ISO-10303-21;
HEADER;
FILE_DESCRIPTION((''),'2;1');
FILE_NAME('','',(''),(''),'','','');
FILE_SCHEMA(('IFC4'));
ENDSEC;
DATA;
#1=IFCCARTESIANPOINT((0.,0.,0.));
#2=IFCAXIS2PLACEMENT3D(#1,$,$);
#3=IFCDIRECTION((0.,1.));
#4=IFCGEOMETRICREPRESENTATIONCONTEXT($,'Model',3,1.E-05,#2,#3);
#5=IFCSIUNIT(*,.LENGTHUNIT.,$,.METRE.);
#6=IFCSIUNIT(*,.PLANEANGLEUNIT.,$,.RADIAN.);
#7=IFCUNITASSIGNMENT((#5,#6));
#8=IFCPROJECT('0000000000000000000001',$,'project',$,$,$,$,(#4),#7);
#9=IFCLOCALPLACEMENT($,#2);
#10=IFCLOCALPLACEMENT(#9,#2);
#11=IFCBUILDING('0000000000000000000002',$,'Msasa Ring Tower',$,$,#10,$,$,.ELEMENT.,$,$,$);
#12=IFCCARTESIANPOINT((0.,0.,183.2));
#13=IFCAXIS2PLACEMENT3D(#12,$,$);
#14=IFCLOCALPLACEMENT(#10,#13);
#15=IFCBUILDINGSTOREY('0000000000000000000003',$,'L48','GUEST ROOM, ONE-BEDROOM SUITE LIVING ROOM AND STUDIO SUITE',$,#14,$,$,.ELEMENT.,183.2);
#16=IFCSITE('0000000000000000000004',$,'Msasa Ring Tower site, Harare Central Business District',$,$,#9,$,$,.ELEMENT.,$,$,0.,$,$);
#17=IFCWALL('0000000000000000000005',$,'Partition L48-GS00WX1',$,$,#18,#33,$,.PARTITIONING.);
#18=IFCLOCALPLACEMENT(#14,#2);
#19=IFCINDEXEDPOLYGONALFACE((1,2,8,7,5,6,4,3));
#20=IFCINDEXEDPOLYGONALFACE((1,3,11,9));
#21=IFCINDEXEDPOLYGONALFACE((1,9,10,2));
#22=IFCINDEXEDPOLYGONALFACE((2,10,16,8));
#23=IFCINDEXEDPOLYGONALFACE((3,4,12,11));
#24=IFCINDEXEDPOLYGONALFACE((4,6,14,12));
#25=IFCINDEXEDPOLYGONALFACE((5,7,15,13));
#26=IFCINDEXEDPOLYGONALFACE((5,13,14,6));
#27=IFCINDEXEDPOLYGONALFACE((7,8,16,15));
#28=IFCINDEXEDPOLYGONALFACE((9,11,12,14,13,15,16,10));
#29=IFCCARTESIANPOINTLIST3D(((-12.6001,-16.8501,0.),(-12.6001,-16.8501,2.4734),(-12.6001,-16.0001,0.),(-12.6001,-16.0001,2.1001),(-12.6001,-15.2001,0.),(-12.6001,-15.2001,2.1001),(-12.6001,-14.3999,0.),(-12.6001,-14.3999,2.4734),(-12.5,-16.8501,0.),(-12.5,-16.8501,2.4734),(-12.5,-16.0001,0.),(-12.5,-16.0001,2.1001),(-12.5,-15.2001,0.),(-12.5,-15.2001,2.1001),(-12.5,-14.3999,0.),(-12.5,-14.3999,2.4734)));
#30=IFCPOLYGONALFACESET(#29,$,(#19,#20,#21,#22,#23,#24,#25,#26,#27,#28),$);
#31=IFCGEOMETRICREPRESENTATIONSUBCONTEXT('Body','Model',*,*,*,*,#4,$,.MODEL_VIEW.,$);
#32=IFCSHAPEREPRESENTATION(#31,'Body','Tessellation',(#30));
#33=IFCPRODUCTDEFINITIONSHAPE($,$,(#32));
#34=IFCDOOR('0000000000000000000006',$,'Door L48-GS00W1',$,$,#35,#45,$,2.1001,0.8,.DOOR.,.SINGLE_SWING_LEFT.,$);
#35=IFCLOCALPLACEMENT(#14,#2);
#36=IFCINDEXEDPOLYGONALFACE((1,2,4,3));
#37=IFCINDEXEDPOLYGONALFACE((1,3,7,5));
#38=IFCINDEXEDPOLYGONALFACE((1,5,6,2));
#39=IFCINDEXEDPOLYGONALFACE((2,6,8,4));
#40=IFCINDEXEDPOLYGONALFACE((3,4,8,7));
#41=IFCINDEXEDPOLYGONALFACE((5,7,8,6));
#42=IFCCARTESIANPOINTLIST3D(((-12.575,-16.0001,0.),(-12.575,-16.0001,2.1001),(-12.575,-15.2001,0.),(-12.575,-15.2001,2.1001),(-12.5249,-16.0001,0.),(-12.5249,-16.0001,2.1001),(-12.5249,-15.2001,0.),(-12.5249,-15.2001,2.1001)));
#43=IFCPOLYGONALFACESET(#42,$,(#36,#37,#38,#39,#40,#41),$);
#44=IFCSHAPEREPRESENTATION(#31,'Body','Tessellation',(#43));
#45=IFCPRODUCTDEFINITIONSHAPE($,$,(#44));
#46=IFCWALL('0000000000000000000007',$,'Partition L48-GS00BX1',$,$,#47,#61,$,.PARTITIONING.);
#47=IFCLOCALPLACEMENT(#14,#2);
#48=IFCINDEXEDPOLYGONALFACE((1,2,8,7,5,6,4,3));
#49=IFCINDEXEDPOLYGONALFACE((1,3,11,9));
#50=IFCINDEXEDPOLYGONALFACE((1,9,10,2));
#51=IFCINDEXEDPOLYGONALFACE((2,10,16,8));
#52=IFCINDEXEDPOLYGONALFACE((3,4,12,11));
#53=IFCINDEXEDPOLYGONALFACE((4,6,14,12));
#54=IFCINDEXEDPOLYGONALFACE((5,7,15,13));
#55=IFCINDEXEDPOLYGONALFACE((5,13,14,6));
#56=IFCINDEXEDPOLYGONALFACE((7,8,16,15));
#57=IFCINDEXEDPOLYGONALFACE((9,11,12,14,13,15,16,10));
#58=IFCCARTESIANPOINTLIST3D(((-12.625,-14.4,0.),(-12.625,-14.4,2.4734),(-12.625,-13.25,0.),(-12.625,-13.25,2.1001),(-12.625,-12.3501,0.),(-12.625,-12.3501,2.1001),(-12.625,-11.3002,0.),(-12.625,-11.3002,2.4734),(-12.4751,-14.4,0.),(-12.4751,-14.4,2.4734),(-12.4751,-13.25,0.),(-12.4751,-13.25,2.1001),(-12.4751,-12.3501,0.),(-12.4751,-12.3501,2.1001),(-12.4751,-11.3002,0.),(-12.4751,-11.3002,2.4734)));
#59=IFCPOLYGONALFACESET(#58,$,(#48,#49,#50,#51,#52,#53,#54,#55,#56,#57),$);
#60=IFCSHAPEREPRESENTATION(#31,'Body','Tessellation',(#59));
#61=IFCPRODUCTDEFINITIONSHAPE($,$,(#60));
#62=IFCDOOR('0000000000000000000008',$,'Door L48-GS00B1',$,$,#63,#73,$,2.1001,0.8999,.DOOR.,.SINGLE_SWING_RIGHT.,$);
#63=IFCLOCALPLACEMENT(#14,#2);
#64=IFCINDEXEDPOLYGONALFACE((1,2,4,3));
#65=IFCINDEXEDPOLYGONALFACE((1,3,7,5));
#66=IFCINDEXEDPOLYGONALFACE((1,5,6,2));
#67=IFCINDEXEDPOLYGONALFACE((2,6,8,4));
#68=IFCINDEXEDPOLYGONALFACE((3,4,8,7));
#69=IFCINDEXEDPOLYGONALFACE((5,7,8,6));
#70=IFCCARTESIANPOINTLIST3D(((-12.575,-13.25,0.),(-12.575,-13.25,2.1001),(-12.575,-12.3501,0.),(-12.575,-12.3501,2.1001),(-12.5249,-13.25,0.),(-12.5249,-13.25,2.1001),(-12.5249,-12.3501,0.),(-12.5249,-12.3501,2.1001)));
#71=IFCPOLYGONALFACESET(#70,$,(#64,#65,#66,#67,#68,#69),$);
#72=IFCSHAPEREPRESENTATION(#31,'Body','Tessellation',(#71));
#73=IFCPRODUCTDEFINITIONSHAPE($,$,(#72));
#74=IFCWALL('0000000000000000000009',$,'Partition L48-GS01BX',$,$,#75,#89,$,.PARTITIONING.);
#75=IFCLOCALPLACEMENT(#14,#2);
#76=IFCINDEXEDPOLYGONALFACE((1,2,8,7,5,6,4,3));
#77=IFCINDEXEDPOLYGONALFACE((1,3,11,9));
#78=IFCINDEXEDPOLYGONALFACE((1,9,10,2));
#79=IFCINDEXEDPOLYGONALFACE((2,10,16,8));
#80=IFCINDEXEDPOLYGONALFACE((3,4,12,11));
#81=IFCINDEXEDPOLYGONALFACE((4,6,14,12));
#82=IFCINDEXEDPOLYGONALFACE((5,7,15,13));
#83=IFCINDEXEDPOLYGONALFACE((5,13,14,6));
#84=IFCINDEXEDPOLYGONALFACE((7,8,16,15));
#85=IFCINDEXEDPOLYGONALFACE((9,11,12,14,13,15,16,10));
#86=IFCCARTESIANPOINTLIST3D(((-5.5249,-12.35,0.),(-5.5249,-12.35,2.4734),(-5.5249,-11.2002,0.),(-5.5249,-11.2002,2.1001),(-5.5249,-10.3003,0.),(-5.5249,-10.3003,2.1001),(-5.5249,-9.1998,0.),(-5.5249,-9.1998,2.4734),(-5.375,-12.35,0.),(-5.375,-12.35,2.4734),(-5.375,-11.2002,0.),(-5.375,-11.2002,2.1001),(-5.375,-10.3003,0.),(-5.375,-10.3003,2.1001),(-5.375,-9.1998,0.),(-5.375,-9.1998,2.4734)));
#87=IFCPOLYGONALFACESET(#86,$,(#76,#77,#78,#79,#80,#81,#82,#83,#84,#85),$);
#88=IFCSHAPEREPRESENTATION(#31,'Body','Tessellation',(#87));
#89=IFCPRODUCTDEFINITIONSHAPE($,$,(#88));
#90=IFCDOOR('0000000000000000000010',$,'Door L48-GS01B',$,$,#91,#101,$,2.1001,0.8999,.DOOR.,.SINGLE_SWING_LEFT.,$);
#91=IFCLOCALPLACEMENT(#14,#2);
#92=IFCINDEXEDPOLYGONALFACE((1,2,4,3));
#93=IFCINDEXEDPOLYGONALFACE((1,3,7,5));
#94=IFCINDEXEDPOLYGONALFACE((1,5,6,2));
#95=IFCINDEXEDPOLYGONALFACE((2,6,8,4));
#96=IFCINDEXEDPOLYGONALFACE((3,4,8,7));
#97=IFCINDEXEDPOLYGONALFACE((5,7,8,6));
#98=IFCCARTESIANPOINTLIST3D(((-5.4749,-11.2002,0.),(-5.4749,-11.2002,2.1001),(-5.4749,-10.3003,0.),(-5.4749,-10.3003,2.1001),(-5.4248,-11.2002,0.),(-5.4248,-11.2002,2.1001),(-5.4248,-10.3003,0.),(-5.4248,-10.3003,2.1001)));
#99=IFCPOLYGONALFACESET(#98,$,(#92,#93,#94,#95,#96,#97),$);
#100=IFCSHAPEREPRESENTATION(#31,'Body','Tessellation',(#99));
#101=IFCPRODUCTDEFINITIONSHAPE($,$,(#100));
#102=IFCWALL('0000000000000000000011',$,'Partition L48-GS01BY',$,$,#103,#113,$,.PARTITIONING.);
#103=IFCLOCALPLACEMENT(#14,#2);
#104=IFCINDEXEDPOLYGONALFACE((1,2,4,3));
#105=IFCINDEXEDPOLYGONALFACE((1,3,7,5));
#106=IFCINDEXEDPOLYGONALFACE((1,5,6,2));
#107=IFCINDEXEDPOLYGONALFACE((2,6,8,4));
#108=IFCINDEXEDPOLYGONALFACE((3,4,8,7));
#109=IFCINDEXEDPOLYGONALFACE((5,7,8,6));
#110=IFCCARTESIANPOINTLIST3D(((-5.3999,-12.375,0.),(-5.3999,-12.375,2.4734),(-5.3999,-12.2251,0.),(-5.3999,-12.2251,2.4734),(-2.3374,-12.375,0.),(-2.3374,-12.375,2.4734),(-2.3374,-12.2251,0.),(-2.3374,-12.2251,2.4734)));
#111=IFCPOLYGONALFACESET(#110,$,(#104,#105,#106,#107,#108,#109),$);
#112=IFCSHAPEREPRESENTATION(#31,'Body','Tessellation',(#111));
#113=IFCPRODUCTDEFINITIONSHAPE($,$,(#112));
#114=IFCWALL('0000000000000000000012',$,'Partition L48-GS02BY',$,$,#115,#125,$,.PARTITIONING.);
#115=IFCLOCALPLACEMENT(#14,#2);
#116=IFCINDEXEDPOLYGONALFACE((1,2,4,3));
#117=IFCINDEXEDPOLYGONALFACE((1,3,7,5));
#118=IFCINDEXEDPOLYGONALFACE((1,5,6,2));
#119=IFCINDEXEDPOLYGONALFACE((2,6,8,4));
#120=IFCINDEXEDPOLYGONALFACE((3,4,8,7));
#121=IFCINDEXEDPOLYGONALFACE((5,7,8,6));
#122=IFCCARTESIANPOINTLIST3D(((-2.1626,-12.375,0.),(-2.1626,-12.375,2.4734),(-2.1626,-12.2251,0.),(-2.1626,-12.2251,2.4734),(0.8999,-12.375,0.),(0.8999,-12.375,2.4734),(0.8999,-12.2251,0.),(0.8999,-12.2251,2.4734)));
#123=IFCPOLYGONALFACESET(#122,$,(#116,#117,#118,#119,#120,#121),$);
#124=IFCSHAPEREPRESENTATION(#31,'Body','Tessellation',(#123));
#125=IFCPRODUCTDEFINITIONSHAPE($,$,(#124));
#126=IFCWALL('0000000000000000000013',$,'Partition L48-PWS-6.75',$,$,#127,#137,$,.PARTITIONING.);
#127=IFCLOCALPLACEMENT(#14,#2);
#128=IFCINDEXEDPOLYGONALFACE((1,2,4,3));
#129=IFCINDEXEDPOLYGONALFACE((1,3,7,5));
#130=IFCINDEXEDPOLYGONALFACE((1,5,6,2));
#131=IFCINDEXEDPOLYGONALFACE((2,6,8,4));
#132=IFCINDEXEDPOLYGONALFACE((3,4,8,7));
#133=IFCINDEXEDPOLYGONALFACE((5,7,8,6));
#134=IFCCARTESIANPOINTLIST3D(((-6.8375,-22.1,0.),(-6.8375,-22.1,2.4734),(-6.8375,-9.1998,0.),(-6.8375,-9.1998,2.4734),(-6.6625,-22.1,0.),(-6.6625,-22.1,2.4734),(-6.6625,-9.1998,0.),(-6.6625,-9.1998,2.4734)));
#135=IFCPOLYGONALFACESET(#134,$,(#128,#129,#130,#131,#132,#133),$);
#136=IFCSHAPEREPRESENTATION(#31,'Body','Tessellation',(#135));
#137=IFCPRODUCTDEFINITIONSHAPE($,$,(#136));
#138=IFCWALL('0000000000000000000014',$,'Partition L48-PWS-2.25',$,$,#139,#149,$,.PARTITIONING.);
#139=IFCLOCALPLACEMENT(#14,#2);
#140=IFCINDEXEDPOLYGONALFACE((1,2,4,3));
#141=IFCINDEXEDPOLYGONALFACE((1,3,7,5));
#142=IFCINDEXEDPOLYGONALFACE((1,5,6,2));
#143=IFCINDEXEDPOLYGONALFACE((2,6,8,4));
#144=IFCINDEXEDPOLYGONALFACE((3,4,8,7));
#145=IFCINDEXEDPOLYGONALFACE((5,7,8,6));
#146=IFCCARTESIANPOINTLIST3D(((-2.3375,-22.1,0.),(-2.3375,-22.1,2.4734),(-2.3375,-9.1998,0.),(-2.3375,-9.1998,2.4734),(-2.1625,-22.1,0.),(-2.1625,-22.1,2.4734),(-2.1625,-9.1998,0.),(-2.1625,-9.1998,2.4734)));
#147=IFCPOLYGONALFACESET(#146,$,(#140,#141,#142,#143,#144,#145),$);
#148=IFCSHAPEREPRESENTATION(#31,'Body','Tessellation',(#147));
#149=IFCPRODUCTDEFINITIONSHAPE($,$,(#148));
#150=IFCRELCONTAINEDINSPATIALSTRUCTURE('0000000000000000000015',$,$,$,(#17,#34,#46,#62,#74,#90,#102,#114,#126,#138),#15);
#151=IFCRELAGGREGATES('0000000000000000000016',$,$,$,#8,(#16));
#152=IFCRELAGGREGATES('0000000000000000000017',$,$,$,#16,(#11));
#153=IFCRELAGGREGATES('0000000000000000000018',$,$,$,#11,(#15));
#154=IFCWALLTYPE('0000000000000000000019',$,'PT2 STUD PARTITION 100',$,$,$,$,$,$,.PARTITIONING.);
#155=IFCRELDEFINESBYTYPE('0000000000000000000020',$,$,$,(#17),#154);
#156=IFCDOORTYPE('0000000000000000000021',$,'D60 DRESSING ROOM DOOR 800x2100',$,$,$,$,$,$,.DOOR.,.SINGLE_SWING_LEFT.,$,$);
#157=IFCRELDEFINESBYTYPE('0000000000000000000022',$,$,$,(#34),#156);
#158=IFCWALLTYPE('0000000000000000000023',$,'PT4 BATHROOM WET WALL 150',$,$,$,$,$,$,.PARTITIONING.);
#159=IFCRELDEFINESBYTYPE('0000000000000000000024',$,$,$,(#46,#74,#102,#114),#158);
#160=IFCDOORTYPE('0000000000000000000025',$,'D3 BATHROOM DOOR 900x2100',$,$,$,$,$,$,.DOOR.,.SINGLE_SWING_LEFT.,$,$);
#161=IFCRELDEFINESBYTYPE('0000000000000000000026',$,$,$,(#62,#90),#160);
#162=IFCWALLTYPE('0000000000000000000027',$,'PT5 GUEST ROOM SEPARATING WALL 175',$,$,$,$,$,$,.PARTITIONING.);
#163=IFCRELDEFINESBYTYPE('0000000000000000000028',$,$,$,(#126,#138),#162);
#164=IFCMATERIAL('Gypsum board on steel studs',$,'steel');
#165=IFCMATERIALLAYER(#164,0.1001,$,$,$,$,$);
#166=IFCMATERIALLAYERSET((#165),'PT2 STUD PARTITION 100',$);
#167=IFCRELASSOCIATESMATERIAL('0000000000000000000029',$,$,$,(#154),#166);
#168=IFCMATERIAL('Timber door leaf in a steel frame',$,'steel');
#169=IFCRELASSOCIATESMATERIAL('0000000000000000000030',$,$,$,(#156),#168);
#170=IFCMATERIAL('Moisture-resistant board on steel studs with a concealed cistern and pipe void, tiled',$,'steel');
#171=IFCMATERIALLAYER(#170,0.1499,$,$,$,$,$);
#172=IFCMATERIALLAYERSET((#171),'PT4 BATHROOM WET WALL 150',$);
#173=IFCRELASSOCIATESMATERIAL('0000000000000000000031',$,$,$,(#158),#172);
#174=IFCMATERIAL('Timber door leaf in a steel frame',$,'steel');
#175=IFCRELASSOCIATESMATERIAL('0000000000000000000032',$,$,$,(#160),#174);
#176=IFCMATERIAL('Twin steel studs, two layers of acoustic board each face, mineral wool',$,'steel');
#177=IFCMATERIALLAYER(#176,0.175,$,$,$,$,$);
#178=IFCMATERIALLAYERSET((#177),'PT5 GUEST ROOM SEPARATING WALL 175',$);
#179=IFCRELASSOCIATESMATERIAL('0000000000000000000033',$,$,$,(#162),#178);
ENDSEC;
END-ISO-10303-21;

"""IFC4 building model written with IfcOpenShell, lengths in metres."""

from ifc_helpers import new_model, si_unit, direction, frame, frame_2d, origin, place, context, subcontext, project, spatial, rectangle, extrude, material, layer, layer_set, type_object, element, fill, save


model = new_model("IFC4")

# Units and contexts
model_context = context("Model", 3, precision=1e-05, world=origin(), true_north=direction((0.0, 1.0)))
body_context = subcontext(model_context, "Body", "Model", "MODEL_VIEW")
ifc_project = project(units=[si_unit("LENGTHUNIT", "METRE"), si_unit("PLANEANGLEUNIT", "RADIAN")], contexts=[model_context])

# Site, building, storey
site_placement = place(None, origin())
site = spatial("IfcSite", under=ifc_project, at=site_placement, Name="Msasa Ring Tower site, Harare Central Business District", CompositionType="ELEMENT", RefElevation=0.0)
building_placement = place(site_placement, origin())
building = spatial("IfcBuilding", under=site, at=building_placement, Name="Msasa Ring Tower", CompositionType="ELEMENT")
storey_placement = place(building_placement, frame((0.0, 0.0, 183.2)))
storey = spatial("IfcBuildingStorey", under=building, at=storey_placement, Name="L48", Description="GUEST ROOM, ONE-BEDROOM SUITE LIVING ROOM AND STUDIO SUITE", CompositionType="ELEMENT", Elevation=183.2)

# Shared definitions
ifc_material_1 = material(Name="Gypsum board on steel studs", Category="steel")
ifc_layer_1 = layer(ifc_material_1, 0.1001)
ifc_layer_set_1 = layer_set([ifc_layer_1], Name="PT2 STUD PARTITION 100")
wall_type_1 = type_object("IfcWallType", Name="PT2 STUD PARTITION 100", PredefinedType="PARTITIONING", material=ifc_layer_set_1)

# Walls, openings, doors
wall_1_placement = place(storey_placement, frame((-12.55, -16.8501, 0.0), z_axis=(0.0, 0.0, 1.0), x_axis=(0.0, 1.0, 0.0)))
wall_1 = element("IfcWall", 1, at=wall_1_placement, inside=storey, type_object=wall_type_1, Name="Partition L48-GS00WX1", PredefinedType="PARTITIONING", context=body_context, shape_type="SweptSolid", body=[
    extrude(rectangle(XDim=2.4502, YDim=0.1001, at=frame_2d((1.2251, 0.0))), origin(), (0.0, 0.0, 1.0), 2.4734),
])
opening_1_placement = place(wall_1_placement, frame((0.8501, 0.0, 0.0)))
opening_1 = element("IfcOpeningElement", 2, at=opening_1_placement, cuts=wall_1, PredefinedType="OPENING", context=body_context, shape_type="SweptSolid", body=[
    extrude(rectangle(XDim=0.8, YDim=2.1001, at=frame_2d((0.3999, 1.05))), frame((0.0, 0.0601, 0.0), z_axis=(0.0, -1.0, 0.0), x_axis=(1.0, 0.0, 0.0)), (0.0, 0.0, 1.0), 0.1201),
])
ifc_material_2 = material(Name="Timber door leaf in a steel frame", Category="steel")
door_type_1 = type_object("IfcDoorType", Name="D60 DRESSING ROOM DOOR 800x2100", OperationType="SINGLE_SWING_LEFT", PredefinedType="DOOR", material=ifc_material_2)
door_1_placement = place(opening_1_placement, origin())
door_1 = element("IfcDoor", 3, at=door_1_placement, inside=storey, type_object=door_type_1, Name="Door L48-GS00W1", OperationType="SINGLE_SWING_LEFT", OverallHeight=2.1001, OverallWidth=0.8, PredefinedType="DOOR", context=body_context, shape_type="SweptSolid", body=[
    extrude(rectangle(XDim=0.8, YDim=2.1001, at=frame_2d((0.3999, 1.05))), frame((0.0, 0.0249, 0.0), z_axis=(0.0, -1.0, 0.0), x_axis=(1.0, 0.0, 0.0)), (0.0, 0.0, 1.0), 0.05),
])
fill(opening_1, door_1)
ifc_material_3 = material(Name="Moisture-resistant board on steel studs with a concealed cistern and pipe void, tiled", Category="steel")
ifc_layer_2 = layer(ifc_material_3, 0.1499)
ifc_layer_set_2 = layer_set([ifc_layer_2], Name="PT4 BATHROOM WET WALL 150")
wall_type_2 = type_object("IfcWallType", Name="PT4 BATHROOM WET WALL 150", PredefinedType="PARTITIONING", material=ifc_layer_set_2)
wall_2_placement = place(storey_placement, frame((-12.55, -14.3999, 0.0), z_axis=(0.0, 0.0, 1.0), x_axis=(0.0, 1.0, 0.0)))
wall_2 = element("IfcWall", 4, at=wall_2_placement, inside=storey, type_object=wall_type_2, Name="Partition L48-GS00BX1", PredefinedType="PARTITIONING", context=body_context, shape_type="SweptSolid", body=[
    extrude(rectangle(XDim=3.0999, YDim=0.1499, at=frame_2d((1.5498, 0.0))), origin(), (0.0, 0.0, 1.0), 2.4734),
])
opening_2_placement = place(wall_2_placement, frame((1.1499, 0.0, 0.0)))
opening_2 = element("IfcOpeningElement", 5, at=opening_2_placement, cuts=wall_2, PredefinedType="OPENING", context=body_context, shape_type="SweptSolid", body=[
    extrude(rectangle(XDim=0.8999, YDim=2.1001, at=frame_2d((0.45, 1.05))), frame((0.0, 0.085, 0.0), z_axis=(0.0, -1.0, 0.0), x_axis=(1.0, 0.0, 0.0)), (0.0, 0.0, 1.0), 0.1699),
])
ifc_material_4 = material(Name="Timber door leaf in a steel frame", Category="steel")
door_type_2 = type_object("IfcDoorType", Name="D3 BATHROOM DOOR 900x2100", OperationType="SINGLE_SWING_LEFT", PredefinedType="DOOR", material=ifc_material_4)
door_2_placement = place(opening_2_placement, origin())
door_2 = element("IfcDoor", 6, at=door_2_placement, inside=storey, type_object=door_type_2, Name="Door L48-GS00B1", OperationType="SINGLE_SWING_RIGHT", OverallHeight=2.1001, OverallWidth=0.8999, PredefinedType="DOOR", context=body_context, shape_type="SweptSolid", body=[
    extrude(rectangle(XDim=0.8999, YDim=2.1001, at=frame_2d((0.45, 1.05))), frame((0.0, 0.0249, 0.0), z_axis=(0.0, -1.0, 0.0), x_axis=(1.0, 0.0, 0.0)), (0.0, 0.0, 1.0), 0.05),
])
fill(opening_2, door_2)
wall_3_placement = place(storey_placement, frame((-5.45, -12.3501, 0.0), z_axis=(0.0, 0.0, 1.0), x_axis=(0.0, 1.0, 0.0)))
wall_3 = element("IfcWall", 7, at=wall_3_placement, inside=storey, type_object=wall_type_2, Name="Partition L48-GS01BX", PredefinedType="PARTITIONING", context=body_context, shape_type="SweptSolid", body=[
    extrude(rectangle(XDim=3.1501, YDim=0.1499, at=frame_2d((1.5752, 0.0))), origin(), (0.0, 0.0, 1.0), 2.4734),
])
opening_3_placement = place(wall_3_placement, frame((1.1499, 0.0, 0.0)))
opening_3 = element("IfcOpeningElement", 8, at=opening_3_placement, cuts=wall_3, PredefinedType="OPENING", context=body_context, shape_type="SweptSolid", body=[
    extrude(rectangle(XDim=0.8999, YDim=2.1001, at=frame_2d((0.45, 1.05))), frame((0.0, 0.085, 0.0), z_axis=(0.0, -1.0, 0.0), x_axis=(1.0, 0.0, 0.0)), (0.0, 0.0, 1.0), 0.1699),
])
door_3_placement = place(opening_3_placement, origin())
door_3 = element("IfcDoor", 9, at=door_3_placement, inside=storey, type_object=door_type_2, Name="Door L48-GS01B", OperationType="SINGLE_SWING_LEFT", OverallHeight=2.1001, OverallWidth=0.8999, PredefinedType="DOOR", context=body_context, shape_type="SweptSolid", body=[
    extrude(rectangle(XDim=0.8999, YDim=2.1001, at=frame_2d((0.45, 1.05))), frame((0.0, 0.0249, 0.0), z_axis=(0.0, -1.0, 0.0), x_axis=(1.0, 0.0, 0.0)), (0.0, 0.0, 1.0), 0.05),
])
fill(opening_3, door_3)

# Walls
for number, where, z_axis, x_axis, name in (
    (10, (-5.3999, -12.3, 0.0), (0.0, 0.0, 1.0), (1.0, 0.0, 0.0), "Partition L48-GS01BY"),
    (11, (-2.1626, -12.3, 0.0), (0.0, 0.0, 1.0), (1.0, 0.0, 0.0), "Partition L48-GS02BY"),
):
    element("IfcWall", number, at=place(storey_placement, frame(where, z_axis=z_axis, x_axis=x_axis)), inside=storey, type_object=wall_type_2, Name=name, PredefinedType="PARTITIONING", context=body_context, shape_type="SweptSolid", body=[
        extrude(rectangle(XDim=3.0625, YDim=0.1499, at=frame_2d((1.5312, 0.0))), origin(), (0.0, 0.0, 1.0), 2.4734),
    ])
ifc_material_5 = material(Name="Twin steel studs, two layers of acoustic board each face, mineral wool", Category="steel")
ifc_layer_3 = layer(ifc_material_5, 0.175)
ifc_layer_set_3 = layer_set([ifc_layer_3], Name="PT5 GUEST ROOM SEPARATING WALL 175")
wall_type_3 = type_object("IfcWallType", Name="PT5 GUEST ROOM SEPARATING WALL 175", PredefinedType="PARTITIONING", material=ifc_layer_set_3)
for number, where, z_axis, x_axis, name in (
    (12, (-6.75, -22.1001, 0.0), (0.0, 0.0, 1.0), (0.0, 1.0, 0.0), "Partition L48-PWS-6.75"),
    (13, (-2.25, -22.1001, 0.0), (0.0, 0.0, 1.0), (0.0, 1.0, 0.0), "Partition L48-PWS-2.25"),
):
    element("IfcWall", number, at=place(storey_placement, frame(where, z_axis=z_axis, x_axis=x_axis)), inside=storey, type_object=wall_type_3, Name=name, PredefinedType="PARTITIONING", context=body_context, shape_type="SweptSolid", body=[
        extrude(rectangle(XDim=12.9001, YDim=0.175, at=frame_2d((6.4502, 0.0))), origin(), (0.0, 0.0, 1.0), 2.4734),
    ])

save(model, "model.ifc")
